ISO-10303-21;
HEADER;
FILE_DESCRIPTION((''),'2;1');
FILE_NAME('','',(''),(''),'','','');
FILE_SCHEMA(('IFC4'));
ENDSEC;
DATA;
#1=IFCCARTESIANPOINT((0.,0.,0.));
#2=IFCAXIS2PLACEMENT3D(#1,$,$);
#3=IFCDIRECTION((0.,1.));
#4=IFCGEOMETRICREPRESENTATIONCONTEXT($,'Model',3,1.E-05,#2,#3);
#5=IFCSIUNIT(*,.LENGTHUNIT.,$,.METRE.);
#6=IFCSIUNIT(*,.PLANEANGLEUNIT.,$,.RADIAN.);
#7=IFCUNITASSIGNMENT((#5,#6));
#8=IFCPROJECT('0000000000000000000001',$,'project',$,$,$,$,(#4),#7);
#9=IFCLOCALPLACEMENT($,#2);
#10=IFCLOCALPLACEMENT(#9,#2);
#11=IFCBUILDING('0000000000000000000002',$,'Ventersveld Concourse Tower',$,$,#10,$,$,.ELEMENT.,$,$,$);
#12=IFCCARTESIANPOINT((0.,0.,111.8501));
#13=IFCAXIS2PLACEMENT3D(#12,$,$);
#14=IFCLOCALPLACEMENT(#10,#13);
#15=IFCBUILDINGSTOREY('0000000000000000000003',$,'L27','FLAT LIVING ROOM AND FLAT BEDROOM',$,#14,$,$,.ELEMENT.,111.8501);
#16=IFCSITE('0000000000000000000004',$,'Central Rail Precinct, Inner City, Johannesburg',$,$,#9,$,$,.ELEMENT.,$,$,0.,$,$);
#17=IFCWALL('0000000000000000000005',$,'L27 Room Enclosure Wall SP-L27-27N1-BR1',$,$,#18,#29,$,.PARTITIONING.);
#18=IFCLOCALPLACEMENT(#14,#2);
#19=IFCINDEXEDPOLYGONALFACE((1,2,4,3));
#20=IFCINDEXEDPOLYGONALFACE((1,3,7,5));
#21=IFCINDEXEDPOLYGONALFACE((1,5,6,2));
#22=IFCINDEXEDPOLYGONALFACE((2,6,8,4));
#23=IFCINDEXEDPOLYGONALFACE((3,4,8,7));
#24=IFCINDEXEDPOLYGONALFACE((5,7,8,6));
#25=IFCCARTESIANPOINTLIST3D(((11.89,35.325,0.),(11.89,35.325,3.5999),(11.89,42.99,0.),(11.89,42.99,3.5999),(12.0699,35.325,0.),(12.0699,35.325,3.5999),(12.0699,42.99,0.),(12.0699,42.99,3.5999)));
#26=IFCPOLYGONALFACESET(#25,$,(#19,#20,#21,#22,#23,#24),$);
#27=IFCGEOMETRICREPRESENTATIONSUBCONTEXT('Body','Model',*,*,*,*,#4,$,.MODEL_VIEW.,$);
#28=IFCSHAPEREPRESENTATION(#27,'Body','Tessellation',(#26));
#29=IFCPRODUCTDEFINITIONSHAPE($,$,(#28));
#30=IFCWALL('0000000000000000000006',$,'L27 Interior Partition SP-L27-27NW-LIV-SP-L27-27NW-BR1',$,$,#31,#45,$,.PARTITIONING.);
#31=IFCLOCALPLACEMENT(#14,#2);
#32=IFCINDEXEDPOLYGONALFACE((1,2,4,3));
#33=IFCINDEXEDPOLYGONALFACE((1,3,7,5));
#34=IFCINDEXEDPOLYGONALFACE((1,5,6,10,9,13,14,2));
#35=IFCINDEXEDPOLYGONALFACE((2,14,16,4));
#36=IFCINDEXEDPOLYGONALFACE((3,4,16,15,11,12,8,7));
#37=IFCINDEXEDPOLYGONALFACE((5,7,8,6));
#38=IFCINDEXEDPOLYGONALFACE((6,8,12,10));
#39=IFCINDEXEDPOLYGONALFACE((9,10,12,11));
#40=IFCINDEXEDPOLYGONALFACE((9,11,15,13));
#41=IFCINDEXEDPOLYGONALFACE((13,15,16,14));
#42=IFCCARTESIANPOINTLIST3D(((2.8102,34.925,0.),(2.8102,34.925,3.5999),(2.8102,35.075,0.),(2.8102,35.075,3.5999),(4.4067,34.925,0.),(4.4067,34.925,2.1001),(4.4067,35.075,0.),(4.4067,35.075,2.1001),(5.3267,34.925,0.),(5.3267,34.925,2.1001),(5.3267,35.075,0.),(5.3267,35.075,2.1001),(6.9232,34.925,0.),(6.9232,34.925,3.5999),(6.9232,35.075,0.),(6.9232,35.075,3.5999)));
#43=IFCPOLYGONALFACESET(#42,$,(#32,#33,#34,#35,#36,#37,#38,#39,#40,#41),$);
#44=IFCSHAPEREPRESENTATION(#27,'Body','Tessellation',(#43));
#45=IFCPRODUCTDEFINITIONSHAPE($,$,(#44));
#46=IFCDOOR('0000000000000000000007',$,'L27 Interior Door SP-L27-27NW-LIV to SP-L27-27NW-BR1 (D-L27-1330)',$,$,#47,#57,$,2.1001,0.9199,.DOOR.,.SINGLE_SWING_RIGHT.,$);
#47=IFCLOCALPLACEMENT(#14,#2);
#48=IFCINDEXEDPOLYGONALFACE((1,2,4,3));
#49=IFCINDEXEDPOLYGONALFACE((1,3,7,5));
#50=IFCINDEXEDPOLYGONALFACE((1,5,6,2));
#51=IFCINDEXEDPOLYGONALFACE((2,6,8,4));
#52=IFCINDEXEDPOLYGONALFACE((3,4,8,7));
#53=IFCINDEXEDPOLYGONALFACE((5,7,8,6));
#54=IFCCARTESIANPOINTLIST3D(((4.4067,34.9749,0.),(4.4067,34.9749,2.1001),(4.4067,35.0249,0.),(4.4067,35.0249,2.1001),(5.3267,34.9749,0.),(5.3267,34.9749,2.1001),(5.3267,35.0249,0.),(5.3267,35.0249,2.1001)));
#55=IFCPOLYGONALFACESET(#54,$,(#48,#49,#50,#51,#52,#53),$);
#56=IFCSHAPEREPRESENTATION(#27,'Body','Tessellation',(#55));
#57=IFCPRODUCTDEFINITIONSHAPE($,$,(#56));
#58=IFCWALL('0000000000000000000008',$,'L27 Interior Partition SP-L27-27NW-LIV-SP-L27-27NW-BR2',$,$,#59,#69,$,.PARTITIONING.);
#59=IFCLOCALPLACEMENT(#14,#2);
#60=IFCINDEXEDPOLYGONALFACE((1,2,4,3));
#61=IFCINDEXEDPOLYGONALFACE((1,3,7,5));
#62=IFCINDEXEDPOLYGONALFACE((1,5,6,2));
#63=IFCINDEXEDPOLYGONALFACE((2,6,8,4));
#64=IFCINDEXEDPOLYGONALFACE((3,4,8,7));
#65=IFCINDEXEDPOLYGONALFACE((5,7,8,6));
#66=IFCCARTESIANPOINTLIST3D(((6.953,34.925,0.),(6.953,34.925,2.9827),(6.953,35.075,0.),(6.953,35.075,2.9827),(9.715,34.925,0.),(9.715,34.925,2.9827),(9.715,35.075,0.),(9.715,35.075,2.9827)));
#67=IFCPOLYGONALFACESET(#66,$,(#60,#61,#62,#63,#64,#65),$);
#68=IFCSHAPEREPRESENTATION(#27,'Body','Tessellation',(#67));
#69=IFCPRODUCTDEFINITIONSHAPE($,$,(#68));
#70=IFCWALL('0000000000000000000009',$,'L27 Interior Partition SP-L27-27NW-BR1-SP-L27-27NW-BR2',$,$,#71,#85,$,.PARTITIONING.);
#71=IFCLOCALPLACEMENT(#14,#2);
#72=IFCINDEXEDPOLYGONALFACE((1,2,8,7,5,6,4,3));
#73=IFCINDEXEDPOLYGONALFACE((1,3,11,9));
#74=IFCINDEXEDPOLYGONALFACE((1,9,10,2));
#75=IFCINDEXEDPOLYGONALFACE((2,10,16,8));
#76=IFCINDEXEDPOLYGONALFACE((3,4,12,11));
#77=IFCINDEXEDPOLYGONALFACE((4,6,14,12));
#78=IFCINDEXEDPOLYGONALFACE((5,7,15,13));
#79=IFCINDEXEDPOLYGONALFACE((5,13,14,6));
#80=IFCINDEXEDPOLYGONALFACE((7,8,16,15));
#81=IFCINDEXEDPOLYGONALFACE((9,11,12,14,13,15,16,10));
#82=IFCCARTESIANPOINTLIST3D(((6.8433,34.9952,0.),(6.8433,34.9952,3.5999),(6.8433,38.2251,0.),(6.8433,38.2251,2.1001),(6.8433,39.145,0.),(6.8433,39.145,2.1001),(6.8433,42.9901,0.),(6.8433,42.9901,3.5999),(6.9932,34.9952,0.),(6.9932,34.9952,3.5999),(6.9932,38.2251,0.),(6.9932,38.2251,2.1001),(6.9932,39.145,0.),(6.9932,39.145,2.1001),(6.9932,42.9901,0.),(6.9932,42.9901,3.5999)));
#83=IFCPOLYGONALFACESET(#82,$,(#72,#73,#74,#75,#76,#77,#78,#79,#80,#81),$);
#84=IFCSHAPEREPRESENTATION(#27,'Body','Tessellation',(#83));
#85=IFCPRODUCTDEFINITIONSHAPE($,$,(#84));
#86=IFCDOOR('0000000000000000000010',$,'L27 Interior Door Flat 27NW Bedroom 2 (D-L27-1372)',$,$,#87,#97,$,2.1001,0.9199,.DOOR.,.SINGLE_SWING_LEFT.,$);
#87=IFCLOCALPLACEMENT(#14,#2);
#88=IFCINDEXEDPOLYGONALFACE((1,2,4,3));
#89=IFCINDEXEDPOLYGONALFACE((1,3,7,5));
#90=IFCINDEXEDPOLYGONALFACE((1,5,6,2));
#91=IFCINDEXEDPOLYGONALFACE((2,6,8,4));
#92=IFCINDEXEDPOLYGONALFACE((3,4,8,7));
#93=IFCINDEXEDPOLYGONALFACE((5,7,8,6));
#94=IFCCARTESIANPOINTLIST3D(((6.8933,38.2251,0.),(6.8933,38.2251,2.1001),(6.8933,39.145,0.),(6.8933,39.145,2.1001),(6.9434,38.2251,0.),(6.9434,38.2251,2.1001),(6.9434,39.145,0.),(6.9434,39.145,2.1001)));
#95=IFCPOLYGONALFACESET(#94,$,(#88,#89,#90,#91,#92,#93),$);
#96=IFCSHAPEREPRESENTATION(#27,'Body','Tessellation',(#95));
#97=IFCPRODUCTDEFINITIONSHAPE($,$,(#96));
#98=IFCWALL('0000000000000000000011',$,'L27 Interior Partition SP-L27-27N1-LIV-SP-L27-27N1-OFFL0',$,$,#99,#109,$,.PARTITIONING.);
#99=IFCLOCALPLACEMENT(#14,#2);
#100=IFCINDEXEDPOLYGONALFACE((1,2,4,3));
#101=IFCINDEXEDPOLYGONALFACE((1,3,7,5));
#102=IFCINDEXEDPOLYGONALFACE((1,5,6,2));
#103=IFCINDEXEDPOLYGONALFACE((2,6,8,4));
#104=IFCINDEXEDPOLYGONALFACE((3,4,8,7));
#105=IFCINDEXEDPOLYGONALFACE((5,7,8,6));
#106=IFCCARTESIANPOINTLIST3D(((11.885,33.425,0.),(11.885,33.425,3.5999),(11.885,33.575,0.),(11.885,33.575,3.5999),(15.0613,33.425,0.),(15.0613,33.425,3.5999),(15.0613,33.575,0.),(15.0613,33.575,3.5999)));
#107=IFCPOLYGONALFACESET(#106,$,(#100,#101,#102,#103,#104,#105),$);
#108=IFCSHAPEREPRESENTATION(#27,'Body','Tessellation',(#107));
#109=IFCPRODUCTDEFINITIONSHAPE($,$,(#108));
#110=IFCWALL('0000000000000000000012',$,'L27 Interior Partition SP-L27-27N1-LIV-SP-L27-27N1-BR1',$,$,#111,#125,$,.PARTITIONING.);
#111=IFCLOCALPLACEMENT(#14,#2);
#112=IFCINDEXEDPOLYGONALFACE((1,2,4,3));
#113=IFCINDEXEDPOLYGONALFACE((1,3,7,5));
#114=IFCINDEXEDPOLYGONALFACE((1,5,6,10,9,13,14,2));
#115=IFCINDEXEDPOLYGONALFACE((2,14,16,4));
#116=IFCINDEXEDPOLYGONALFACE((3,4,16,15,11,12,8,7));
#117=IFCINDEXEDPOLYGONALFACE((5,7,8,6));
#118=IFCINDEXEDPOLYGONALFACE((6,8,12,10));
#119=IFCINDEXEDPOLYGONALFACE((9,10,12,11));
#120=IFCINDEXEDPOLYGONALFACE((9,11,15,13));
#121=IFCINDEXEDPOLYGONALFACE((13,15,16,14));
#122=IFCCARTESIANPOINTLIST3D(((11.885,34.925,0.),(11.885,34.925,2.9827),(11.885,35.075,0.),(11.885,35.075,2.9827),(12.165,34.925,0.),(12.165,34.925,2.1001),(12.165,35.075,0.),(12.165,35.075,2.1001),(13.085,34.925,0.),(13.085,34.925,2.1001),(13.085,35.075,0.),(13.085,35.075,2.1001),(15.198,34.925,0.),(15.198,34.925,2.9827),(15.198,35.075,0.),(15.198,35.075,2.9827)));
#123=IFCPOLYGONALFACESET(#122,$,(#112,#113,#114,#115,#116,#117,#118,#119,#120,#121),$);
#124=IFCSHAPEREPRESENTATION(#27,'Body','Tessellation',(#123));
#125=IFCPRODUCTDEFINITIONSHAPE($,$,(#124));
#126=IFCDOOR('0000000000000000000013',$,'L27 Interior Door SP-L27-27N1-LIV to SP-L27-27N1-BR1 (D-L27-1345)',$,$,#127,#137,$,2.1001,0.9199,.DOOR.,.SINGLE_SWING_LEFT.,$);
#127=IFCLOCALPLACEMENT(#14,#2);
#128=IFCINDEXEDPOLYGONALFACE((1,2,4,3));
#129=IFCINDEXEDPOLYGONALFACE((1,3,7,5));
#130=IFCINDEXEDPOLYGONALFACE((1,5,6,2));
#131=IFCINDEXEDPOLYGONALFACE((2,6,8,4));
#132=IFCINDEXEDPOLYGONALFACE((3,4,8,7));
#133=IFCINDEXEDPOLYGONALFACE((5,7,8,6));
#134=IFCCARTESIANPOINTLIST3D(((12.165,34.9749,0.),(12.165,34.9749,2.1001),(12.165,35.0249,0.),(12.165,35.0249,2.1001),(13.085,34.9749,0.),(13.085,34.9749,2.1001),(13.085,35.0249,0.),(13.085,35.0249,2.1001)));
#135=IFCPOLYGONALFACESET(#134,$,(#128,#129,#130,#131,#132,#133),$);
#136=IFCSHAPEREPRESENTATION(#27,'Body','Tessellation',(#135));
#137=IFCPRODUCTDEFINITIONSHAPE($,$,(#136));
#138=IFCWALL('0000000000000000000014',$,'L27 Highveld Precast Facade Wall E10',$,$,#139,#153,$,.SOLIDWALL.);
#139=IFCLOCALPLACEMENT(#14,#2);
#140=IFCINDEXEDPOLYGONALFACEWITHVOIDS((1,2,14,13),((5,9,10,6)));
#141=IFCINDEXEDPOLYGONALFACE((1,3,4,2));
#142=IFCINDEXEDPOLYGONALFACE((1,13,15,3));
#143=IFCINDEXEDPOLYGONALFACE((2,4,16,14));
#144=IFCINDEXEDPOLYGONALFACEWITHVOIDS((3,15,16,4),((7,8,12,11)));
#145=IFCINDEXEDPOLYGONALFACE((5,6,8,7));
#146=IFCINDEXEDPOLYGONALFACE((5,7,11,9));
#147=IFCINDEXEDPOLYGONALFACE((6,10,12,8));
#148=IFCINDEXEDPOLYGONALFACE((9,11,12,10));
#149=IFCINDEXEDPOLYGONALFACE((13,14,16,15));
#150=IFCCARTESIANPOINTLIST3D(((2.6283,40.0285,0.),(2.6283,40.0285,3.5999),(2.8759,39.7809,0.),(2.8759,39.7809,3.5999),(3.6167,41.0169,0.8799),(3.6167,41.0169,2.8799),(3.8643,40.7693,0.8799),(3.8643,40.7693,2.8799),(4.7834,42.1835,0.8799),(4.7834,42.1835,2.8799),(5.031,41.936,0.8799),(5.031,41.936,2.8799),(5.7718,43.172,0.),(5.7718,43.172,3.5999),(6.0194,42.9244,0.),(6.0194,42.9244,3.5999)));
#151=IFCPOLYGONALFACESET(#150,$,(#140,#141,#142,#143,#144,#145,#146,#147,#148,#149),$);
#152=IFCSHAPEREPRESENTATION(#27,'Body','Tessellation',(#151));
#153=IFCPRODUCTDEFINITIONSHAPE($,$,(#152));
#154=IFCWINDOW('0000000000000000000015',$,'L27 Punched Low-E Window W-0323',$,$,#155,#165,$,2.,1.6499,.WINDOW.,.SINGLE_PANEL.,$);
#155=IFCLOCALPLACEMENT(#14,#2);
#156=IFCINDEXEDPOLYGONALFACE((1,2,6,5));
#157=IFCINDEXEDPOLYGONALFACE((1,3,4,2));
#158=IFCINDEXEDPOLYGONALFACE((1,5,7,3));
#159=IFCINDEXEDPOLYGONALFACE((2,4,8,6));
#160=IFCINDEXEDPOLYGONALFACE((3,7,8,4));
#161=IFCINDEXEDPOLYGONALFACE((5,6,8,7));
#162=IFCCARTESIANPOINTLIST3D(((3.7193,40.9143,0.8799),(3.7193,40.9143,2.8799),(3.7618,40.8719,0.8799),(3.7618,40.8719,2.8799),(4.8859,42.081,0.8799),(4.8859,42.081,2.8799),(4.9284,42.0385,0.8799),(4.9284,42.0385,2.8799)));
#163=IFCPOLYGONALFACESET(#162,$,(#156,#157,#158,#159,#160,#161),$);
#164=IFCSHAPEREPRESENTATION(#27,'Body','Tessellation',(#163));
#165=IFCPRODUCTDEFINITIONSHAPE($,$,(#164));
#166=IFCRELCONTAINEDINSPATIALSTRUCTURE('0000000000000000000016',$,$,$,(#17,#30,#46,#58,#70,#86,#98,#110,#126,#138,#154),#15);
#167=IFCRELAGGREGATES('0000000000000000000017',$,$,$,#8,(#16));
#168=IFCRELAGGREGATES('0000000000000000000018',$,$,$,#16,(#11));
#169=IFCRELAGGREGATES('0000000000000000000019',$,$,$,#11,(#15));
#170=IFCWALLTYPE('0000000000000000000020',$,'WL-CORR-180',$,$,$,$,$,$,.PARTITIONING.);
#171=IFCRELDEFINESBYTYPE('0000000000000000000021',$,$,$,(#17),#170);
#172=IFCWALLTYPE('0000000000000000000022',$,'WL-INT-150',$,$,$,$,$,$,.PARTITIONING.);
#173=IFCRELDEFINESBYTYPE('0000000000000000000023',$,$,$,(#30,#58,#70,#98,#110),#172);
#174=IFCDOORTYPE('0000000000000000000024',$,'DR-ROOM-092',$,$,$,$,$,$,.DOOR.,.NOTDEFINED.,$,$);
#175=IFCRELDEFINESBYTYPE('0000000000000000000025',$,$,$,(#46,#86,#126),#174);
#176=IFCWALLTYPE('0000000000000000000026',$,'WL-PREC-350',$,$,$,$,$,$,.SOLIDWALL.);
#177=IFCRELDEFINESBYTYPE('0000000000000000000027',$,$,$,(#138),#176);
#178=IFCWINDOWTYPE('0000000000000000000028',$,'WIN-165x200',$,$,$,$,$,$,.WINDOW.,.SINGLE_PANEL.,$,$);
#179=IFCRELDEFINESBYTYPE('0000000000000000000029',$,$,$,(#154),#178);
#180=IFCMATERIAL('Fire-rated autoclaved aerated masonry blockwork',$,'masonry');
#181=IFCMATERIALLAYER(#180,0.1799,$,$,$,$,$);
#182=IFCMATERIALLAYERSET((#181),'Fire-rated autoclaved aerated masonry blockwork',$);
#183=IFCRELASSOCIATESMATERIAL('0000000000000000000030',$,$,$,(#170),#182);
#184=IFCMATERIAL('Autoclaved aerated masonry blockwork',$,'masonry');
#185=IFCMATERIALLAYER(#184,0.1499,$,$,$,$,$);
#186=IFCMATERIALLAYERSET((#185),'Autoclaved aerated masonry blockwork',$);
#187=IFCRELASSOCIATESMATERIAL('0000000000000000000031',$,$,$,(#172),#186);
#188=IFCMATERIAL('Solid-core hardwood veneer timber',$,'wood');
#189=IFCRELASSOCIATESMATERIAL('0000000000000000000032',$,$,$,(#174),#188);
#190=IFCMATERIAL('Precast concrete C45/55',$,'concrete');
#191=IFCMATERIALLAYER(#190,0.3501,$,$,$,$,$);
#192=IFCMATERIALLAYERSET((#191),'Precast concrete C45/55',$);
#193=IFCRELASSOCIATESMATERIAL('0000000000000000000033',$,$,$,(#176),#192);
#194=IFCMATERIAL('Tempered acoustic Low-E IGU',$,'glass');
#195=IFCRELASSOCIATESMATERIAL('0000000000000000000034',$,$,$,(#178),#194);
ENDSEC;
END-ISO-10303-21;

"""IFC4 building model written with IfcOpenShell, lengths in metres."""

from ifc_helpers import new_model, si_unit, direction, frame, frame_2d, origin, place, context, subcontext, project, spatial, rectangle, extrude, material, layer, layer_set, type_object, element, fill, save


model = new_model("IFC4")

# Units and contexts
model_context = context("Model", 3, precision=1e-05, world=origin(), true_north=direction((0.0, 1.0)))
body_context = subcontext(model_context, "Body", "Model", "MODEL_VIEW")
ifc_project = project(units=[si_unit("LENGTHUNIT", "METRE"), si_unit("PLANEANGLEUNIT", "RADIAN")], contexts=[model_context])

# Site, building, storey
site_placement = place(None, origin())
site = spatial("IfcSite", under=ifc_project, at=site_placement, Name="Central Rail Precinct, Inner City, Johannesburg", CompositionType="ELEMENT", RefElevation=0.0)
building_placement = place(site_placement, origin())
building = spatial("IfcBuilding", under=site, at=building_placement, Name="Ventersveld Concourse Tower", CompositionType="ELEMENT")
storey_placement = place(building_placement, frame((0.0, 0.0, 111.8501)))
storey = spatial("IfcBuildingStorey", under=building, at=storey_placement, Name="L27", Description="FLAT LIVING ROOM AND FLAT BEDROOM", CompositionType="ELEMENT", Elevation=111.8501)

# Wall
ifc_material_1 = material(Name="Fire-rated autoclaved aerated masonry blockwork", Category="masonry")
ifc_layer_1 = layer(ifc_material_1, 0.1799)
ifc_layer_set_1 = layer_set([ifc_layer_1], Name="Fire-rated autoclaved aerated masonry blockwork")
wall_type_1 = type_object("IfcWallType", Name="WL-CORR-180", PredefinedType="PARTITIONING", material=ifc_layer_set_1)
wall_1_placement = place(storey_placement, frame((11.98, 35.325, 0.0), z_axis=(0.0, 0.0, 1.0), x_axis=(0.0, 1.0, 0.0)))
element("IfcWall", 1, at=wall_1_placement, inside=storey, type_object=wall_type_1, Name="L27 Room Enclosure Wall SP-L27-27N1-BR1", PredefinedType="PARTITIONING", context=body_context, shape_type="SweptSolid", body=[
    extrude(rectangle(XDim=7.665, YDim=0.1799, at=frame_2d((3.8325, 0.0))), origin(), (0.0, 0.0, 1.0), 3.5999),
])

# Wall, opening, door
ifc_material_2 = material(Name="Autoclaved aerated masonry blockwork", Category="masonry")
ifc_layer_2 = layer(ifc_material_2, 0.1499)
ifc_layer_set_2 = layer_set([ifc_layer_2], Name="Autoclaved aerated masonry blockwork")
wall_type_2 = type_object("IfcWallType", Name="WL-INT-150", PredefinedType="PARTITIONING", material=ifc_layer_set_2)
wall_2_placement = place(storey_placement, frame((2.8101, 35.0, 0.0), z_axis=(0.0, 0.0, 1.0), x_axis=(1.0, 0.0, 0.0)))
wall_2 = element("IfcWall", 2, at=wall_2_placement, inside=storey, type_object=wall_type_2, Name="L27 Interior Partition SP-L27-27NW-LIV-SP-L27-27NW-BR1", PredefinedType="PARTITIONING", context=body_context, shape_type="SweptSolid", body=[
    extrude(rectangle(XDim=4.113, YDim=0.1499, at=frame_2d((2.0566, 0.0))), origin(), (0.0, 0.0, 1.0), 3.5999),
])
opening_1_placement = place(wall_2_placement, frame((1.5967, 0.0, 0.0)))
opening_1 = element("IfcOpeningElement", 3, at=opening_1_placement, cuts=wall_2, PredefinedType="OPENING", context=body_context, shape_type="SweptSolid", body=[
    extrude(rectangle(XDim=0.9199, YDim=2.1001, at=frame_2d((0.46, 1.05))), frame((0.0, 0.085, 0.0), z_axis=(0.0, -1.0, 0.0), x_axis=(1.0, 0.0, 0.0)), (0.0, 0.0, 1.0), 0.1699),
])
ifc_material_3 = material(Name="Solid-core hardwood veneer timber", Category="wood")
door_type_1 = type_object("IfcDoorType", Name="DR-ROOM-092", OperationType="NOTDEFINED", PredefinedType="DOOR", material=ifc_material_3)
door_1_placement = place(opening_1_placement, origin())
door_1 = element("IfcDoor", 4, at=door_1_placement, inside=storey, type_object=door_type_1, Name="L27 Interior Door SP-L27-27NW-LIV to SP-L27-27NW-BR1 (D-L27-1330)", OperationType="SINGLE_SWING_RIGHT", OverallHeight=2.1001, OverallWidth=0.9199, PredefinedType="DOOR", context=body_context, shape_type="SweptSolid", body=[
    extrude(rectangle(XDim=0.9199, YDim=2.1001, at=frame_2d((0.46, 1.05))), frame((0.0, 0.0249, 0.0), z_axis=(0.0, -1.0, 0.0), x_axis=(1.0, 0.0, 0.0)), (0.0, 0.0, 1.0), 0.05),
])
fill(opening_1, door_1)

# Wall
wall_3_placement = place(storey_placement, frame((6.9531, 35.0, 0.0), z_axis=(0.0, 0.0, 1.0), x_axis=(1.0, 0.0, 0.0)))
element("IfcWall", 5, at=wall_3_placement, inside=storey, type_object=wall_type_2, Name="L27 Interior Partition SP-L27-27NW-LIV-SP-L27-27NW-BR2", PredefinedType="PARTITIONING", context=body_context, shape_type="SweptSolid", body=[
    extrude(rectangle(XDim=2.762, YDim=0.1499, at=frame_2d((1.3809, 0.0))), origin(), (0.0, 0.0, 1.0), 2.9827),
])

# Wall, opening, door
wall_4_placement = place(storey_placement, frame((6.9182, 34.9951, 0.0), z_axis=(0.0, 0.0, 1.0), x_axis=(0.0, 1.0, 0.0)))
wall_4 = element("IfcWall", 6, at=wall_4_placement, inside=storey, type_object=wall_type_2, Name="L27 Interior Partition SP-L27-27NW-BR1-SP-L27-27NW-BR2", PredefinedType="PARTITIONING", context=body_context, shape_type="SweptSolid", body=[
    extrude(rectangle(XDim=7.9949, YDim=0.1499, at=frame_2d((3.9976, 0.0))), origin(), (0.0, 0.0, 1.0), 3.5999),
])
opening_2_placement = place(wall_4_placement, frame((3.23, 0.0, 0.0)))
opening_2 = element("IfcOpeningElement", 7, at=opening_2_placement, cuts=wall_4, PredefinedType="OPENING", context=body_context, shape_type="SweptSolid", body=[
    extrude(rectangle(XDim=0.9199, YDim=2.1001, at=frame_2d((0.46, 1.05))), frame((0.0, 0.085, 0.0), z_axis=(0.0, -1.0, 0.0), x_axis=(1.0, 0.0, 0.0)), (0.0, 0.0, 1.0), 0.1699),
])
door_2_placement = place(opening_2_placement, origin())
door_2 = element("IfcDoor", 8, at=door_2_placement, inside=storey, type_object=door_type_1, Name="L27 Interior Door Flat 27NW Bedroom 2 (D-L27-1372)", OperationType="SINGLE_SWING_LEFT", OverallHeight=2.1001, OverallWidth=0.9199, PredefinedType="DOOR", context=body_context, shape_type="SweptSolid", body=[
    extrude(rectangle(XDim=0.9199, YDim=2.1001, at=frame_2d((0.46, 1.05))), frame((0.0, 0.0249, 0.0), z_axis=(0.0, -1.0, 0.0), x_axis=(1.0, 0.0, 0.0)), (0.0, 0.0, 1.0), 0.05),
])
fill(opening_2, door_2)

# Wall
wall_5_placement = place(storey_placement, frame((11.885, 33.5, 0.0), z_axis=(0.0, 0.0, 1.0), x_axis=(1.0, 0.0, 0.0)))
element("IfcWall", 9, at=wall_5_placement, inside=storey, type_object=wall_type_2, Name="L27 Interior Partition SP-L27-27N1-LIV-SP-L27-27N1-OFFL0", PredefinedType="PARTITIONING", context=body_context, shape_type="SweptSolid", body=[
    extrude(rectangle(XDim=3.1763, YDim=0.1499, at=frame_2d((1.5881, 0.0))), origin(), (0.0, 0.0, 1.0), 3.5999),
])

# Wall, opening, door
wall_6_placement = place(storey_placement, frame((11.885, 35.0, 0.0), z_axis=(0.0, 0.0, 1.0), x_axis=(1.0, 0.0, 0.0)))
wall_6 = element("IfcWall", 10, at=wall_6_placement, inside=storey, type_object=wall_type_2, Name="L27 Interior Partition SP-L27-27N1-LIV-SP-L27-27N1-BR1", PredefinedType="PARTITIONING", context=body_context, shape_type="SweptSolid", body=[
    extrude(rectangle(XDim=3.313, YDim=0.1499, at=frame_2d((1.6565, 0.0))), origin(), (0.0, 0.0, 1.0), 2.9827),
])
opening_3_placement = place(wall_6_placement, frame((0.28, 0.0, 0.0)))
opening_3 = element("IfcOpeningElement", 11, at=opening_3_placement, cuts=wall_6, PredefinedType="OPENING", context=body_context, shape_type="SweptSolid", body=[
    extrude(rectangle(XDim=0.9199, YDim=2.1001, at=frame_2d((0.46, 1.05))), frame((0.0, 0.085, 0.0), z_axis=(0.0, -1.0, 0.0), x_axis=(1.0, 0.0, 0.0)), (0.0, 0.0, 1.0), 0.1699),
])
door_3_placement = place(opening_3_placement, origin())
door_3 = element("IfcDoor", 12, at=door_3_placement, inside=storey, type_object=door_type_1, Name="L27 Interior Door SP-L27-27N1-LIV to SP-L27-27N1-BR1 (D-L27-1345)", OperationType="SINGLE_SWING_LEFT", OverallHeight=2.1001, OverallWidth=0.9199, PredefinedType="DOOR", context=body_context, shape_type="SweptSolid", body=[
    extrude(rectangle(XDim=0.9199, YDim=2.1001, at=frame_2d((0.46, 1.05))), frame((0.0, 0.0249, 0.0), z_axis=(0.0, -1.0, 0.0), x_axis=(1.0, 0.0, 0.0)), (0.0, 0.0, 1.0), 0.05),
])
fill(opening_3, door_3)

# Wall, opening, window
ifc_material_4 = material(Name="Precast concrete C45/55", Category="concrete")
ifc_layer_3 = layer(ifc_material_4, 0.3501)
ifc_layer_set_3 = layer_set([ifc_layer_3], Name="Precast concrete C45/55")
wall_type_3 = type_object("IfcWallType", Name="WL-PREC-350", PredefinedType="SOLIDWALL", material=ifc_layer_set_3)
wall_7_placement = place(storey_placement, frame((5.8955, 43.0481, 0.0), z_axis=(0.0, 0.0, 1.0), x_axis=(-0.707107, -0.707107, 0.0)))
wall_7 = element("IfcWall", 13, at=wall_7_placement, inside=storey, type_object=wall_type_3, Name="L27 Highveld Precast Facade Wall E10", PredefinedType="SOLIDWALL", context=body_context, shape_type="SweptSolid", body=[
    extrude(rectangle(XDim=4.4456, YDim=0.3501, at=frame_2d((2.2227, 0.0))), origin(), (0.0, 0.0, 1.0), 3.5999),
])
opening_4_placement = place(wall_7_placement, frame((1.3977, 0.0, 0.8799)))
opening_4 = element("IfcOpeningElement", 14, at=opening_4_placement, cuts=wall_7, PredefinedType="OPENING", context=body_context, shape_type="SweptSolid", body=[
    extrude(rectangle(XDim=1.6499, YDim=2.0, at=frame_2d((0.825, 1.0))), frame((0.0, 0.1851, 0.0), z_axis=(0.0, -1.0, 0.0), x_axis=(1.0, 0.0, 0.0)), (0.0, 0.0, 1.0), 0.3701),
])
ifc_material_5 = material(Name="Tempered acoustic Low-E IGU", Category="glass")
window_type_1 = type_object("IfcWindowType", Name="WIN-165x200", PartitioningType="SINGLE_PANEL", PredefinedType="WINDOW", material=ifc_material_5)
window_1_placement = place(opening_4_placement, origin())
window_1 = element("IfcWindow", 15, at=window_1_placement, inside=storey, type_object=window_type_1, Name="L27 Punched Low-E Window W-0323", OverallHeight=2.0, OverallWidth=1.6499, PartitioningType="SINGLE_PANEL", PredefinedType="WINDOW", context=body_context, shape_type="SweptSolid", body=[
    extrude(rectangle(XDim=1.6499, YDim=2.0, at=frame_2d((0.825, 1.0))), frame((0.0, 0.03, 0.0), z_axis=(0.0, -1.0, 0.0), x_axis=(1.0, 0.0, 0.0)), (0.0, 0.0, 1.0), 0.0601),
])
fill(opening_4, window_1)

save(model, "model.ifc")
